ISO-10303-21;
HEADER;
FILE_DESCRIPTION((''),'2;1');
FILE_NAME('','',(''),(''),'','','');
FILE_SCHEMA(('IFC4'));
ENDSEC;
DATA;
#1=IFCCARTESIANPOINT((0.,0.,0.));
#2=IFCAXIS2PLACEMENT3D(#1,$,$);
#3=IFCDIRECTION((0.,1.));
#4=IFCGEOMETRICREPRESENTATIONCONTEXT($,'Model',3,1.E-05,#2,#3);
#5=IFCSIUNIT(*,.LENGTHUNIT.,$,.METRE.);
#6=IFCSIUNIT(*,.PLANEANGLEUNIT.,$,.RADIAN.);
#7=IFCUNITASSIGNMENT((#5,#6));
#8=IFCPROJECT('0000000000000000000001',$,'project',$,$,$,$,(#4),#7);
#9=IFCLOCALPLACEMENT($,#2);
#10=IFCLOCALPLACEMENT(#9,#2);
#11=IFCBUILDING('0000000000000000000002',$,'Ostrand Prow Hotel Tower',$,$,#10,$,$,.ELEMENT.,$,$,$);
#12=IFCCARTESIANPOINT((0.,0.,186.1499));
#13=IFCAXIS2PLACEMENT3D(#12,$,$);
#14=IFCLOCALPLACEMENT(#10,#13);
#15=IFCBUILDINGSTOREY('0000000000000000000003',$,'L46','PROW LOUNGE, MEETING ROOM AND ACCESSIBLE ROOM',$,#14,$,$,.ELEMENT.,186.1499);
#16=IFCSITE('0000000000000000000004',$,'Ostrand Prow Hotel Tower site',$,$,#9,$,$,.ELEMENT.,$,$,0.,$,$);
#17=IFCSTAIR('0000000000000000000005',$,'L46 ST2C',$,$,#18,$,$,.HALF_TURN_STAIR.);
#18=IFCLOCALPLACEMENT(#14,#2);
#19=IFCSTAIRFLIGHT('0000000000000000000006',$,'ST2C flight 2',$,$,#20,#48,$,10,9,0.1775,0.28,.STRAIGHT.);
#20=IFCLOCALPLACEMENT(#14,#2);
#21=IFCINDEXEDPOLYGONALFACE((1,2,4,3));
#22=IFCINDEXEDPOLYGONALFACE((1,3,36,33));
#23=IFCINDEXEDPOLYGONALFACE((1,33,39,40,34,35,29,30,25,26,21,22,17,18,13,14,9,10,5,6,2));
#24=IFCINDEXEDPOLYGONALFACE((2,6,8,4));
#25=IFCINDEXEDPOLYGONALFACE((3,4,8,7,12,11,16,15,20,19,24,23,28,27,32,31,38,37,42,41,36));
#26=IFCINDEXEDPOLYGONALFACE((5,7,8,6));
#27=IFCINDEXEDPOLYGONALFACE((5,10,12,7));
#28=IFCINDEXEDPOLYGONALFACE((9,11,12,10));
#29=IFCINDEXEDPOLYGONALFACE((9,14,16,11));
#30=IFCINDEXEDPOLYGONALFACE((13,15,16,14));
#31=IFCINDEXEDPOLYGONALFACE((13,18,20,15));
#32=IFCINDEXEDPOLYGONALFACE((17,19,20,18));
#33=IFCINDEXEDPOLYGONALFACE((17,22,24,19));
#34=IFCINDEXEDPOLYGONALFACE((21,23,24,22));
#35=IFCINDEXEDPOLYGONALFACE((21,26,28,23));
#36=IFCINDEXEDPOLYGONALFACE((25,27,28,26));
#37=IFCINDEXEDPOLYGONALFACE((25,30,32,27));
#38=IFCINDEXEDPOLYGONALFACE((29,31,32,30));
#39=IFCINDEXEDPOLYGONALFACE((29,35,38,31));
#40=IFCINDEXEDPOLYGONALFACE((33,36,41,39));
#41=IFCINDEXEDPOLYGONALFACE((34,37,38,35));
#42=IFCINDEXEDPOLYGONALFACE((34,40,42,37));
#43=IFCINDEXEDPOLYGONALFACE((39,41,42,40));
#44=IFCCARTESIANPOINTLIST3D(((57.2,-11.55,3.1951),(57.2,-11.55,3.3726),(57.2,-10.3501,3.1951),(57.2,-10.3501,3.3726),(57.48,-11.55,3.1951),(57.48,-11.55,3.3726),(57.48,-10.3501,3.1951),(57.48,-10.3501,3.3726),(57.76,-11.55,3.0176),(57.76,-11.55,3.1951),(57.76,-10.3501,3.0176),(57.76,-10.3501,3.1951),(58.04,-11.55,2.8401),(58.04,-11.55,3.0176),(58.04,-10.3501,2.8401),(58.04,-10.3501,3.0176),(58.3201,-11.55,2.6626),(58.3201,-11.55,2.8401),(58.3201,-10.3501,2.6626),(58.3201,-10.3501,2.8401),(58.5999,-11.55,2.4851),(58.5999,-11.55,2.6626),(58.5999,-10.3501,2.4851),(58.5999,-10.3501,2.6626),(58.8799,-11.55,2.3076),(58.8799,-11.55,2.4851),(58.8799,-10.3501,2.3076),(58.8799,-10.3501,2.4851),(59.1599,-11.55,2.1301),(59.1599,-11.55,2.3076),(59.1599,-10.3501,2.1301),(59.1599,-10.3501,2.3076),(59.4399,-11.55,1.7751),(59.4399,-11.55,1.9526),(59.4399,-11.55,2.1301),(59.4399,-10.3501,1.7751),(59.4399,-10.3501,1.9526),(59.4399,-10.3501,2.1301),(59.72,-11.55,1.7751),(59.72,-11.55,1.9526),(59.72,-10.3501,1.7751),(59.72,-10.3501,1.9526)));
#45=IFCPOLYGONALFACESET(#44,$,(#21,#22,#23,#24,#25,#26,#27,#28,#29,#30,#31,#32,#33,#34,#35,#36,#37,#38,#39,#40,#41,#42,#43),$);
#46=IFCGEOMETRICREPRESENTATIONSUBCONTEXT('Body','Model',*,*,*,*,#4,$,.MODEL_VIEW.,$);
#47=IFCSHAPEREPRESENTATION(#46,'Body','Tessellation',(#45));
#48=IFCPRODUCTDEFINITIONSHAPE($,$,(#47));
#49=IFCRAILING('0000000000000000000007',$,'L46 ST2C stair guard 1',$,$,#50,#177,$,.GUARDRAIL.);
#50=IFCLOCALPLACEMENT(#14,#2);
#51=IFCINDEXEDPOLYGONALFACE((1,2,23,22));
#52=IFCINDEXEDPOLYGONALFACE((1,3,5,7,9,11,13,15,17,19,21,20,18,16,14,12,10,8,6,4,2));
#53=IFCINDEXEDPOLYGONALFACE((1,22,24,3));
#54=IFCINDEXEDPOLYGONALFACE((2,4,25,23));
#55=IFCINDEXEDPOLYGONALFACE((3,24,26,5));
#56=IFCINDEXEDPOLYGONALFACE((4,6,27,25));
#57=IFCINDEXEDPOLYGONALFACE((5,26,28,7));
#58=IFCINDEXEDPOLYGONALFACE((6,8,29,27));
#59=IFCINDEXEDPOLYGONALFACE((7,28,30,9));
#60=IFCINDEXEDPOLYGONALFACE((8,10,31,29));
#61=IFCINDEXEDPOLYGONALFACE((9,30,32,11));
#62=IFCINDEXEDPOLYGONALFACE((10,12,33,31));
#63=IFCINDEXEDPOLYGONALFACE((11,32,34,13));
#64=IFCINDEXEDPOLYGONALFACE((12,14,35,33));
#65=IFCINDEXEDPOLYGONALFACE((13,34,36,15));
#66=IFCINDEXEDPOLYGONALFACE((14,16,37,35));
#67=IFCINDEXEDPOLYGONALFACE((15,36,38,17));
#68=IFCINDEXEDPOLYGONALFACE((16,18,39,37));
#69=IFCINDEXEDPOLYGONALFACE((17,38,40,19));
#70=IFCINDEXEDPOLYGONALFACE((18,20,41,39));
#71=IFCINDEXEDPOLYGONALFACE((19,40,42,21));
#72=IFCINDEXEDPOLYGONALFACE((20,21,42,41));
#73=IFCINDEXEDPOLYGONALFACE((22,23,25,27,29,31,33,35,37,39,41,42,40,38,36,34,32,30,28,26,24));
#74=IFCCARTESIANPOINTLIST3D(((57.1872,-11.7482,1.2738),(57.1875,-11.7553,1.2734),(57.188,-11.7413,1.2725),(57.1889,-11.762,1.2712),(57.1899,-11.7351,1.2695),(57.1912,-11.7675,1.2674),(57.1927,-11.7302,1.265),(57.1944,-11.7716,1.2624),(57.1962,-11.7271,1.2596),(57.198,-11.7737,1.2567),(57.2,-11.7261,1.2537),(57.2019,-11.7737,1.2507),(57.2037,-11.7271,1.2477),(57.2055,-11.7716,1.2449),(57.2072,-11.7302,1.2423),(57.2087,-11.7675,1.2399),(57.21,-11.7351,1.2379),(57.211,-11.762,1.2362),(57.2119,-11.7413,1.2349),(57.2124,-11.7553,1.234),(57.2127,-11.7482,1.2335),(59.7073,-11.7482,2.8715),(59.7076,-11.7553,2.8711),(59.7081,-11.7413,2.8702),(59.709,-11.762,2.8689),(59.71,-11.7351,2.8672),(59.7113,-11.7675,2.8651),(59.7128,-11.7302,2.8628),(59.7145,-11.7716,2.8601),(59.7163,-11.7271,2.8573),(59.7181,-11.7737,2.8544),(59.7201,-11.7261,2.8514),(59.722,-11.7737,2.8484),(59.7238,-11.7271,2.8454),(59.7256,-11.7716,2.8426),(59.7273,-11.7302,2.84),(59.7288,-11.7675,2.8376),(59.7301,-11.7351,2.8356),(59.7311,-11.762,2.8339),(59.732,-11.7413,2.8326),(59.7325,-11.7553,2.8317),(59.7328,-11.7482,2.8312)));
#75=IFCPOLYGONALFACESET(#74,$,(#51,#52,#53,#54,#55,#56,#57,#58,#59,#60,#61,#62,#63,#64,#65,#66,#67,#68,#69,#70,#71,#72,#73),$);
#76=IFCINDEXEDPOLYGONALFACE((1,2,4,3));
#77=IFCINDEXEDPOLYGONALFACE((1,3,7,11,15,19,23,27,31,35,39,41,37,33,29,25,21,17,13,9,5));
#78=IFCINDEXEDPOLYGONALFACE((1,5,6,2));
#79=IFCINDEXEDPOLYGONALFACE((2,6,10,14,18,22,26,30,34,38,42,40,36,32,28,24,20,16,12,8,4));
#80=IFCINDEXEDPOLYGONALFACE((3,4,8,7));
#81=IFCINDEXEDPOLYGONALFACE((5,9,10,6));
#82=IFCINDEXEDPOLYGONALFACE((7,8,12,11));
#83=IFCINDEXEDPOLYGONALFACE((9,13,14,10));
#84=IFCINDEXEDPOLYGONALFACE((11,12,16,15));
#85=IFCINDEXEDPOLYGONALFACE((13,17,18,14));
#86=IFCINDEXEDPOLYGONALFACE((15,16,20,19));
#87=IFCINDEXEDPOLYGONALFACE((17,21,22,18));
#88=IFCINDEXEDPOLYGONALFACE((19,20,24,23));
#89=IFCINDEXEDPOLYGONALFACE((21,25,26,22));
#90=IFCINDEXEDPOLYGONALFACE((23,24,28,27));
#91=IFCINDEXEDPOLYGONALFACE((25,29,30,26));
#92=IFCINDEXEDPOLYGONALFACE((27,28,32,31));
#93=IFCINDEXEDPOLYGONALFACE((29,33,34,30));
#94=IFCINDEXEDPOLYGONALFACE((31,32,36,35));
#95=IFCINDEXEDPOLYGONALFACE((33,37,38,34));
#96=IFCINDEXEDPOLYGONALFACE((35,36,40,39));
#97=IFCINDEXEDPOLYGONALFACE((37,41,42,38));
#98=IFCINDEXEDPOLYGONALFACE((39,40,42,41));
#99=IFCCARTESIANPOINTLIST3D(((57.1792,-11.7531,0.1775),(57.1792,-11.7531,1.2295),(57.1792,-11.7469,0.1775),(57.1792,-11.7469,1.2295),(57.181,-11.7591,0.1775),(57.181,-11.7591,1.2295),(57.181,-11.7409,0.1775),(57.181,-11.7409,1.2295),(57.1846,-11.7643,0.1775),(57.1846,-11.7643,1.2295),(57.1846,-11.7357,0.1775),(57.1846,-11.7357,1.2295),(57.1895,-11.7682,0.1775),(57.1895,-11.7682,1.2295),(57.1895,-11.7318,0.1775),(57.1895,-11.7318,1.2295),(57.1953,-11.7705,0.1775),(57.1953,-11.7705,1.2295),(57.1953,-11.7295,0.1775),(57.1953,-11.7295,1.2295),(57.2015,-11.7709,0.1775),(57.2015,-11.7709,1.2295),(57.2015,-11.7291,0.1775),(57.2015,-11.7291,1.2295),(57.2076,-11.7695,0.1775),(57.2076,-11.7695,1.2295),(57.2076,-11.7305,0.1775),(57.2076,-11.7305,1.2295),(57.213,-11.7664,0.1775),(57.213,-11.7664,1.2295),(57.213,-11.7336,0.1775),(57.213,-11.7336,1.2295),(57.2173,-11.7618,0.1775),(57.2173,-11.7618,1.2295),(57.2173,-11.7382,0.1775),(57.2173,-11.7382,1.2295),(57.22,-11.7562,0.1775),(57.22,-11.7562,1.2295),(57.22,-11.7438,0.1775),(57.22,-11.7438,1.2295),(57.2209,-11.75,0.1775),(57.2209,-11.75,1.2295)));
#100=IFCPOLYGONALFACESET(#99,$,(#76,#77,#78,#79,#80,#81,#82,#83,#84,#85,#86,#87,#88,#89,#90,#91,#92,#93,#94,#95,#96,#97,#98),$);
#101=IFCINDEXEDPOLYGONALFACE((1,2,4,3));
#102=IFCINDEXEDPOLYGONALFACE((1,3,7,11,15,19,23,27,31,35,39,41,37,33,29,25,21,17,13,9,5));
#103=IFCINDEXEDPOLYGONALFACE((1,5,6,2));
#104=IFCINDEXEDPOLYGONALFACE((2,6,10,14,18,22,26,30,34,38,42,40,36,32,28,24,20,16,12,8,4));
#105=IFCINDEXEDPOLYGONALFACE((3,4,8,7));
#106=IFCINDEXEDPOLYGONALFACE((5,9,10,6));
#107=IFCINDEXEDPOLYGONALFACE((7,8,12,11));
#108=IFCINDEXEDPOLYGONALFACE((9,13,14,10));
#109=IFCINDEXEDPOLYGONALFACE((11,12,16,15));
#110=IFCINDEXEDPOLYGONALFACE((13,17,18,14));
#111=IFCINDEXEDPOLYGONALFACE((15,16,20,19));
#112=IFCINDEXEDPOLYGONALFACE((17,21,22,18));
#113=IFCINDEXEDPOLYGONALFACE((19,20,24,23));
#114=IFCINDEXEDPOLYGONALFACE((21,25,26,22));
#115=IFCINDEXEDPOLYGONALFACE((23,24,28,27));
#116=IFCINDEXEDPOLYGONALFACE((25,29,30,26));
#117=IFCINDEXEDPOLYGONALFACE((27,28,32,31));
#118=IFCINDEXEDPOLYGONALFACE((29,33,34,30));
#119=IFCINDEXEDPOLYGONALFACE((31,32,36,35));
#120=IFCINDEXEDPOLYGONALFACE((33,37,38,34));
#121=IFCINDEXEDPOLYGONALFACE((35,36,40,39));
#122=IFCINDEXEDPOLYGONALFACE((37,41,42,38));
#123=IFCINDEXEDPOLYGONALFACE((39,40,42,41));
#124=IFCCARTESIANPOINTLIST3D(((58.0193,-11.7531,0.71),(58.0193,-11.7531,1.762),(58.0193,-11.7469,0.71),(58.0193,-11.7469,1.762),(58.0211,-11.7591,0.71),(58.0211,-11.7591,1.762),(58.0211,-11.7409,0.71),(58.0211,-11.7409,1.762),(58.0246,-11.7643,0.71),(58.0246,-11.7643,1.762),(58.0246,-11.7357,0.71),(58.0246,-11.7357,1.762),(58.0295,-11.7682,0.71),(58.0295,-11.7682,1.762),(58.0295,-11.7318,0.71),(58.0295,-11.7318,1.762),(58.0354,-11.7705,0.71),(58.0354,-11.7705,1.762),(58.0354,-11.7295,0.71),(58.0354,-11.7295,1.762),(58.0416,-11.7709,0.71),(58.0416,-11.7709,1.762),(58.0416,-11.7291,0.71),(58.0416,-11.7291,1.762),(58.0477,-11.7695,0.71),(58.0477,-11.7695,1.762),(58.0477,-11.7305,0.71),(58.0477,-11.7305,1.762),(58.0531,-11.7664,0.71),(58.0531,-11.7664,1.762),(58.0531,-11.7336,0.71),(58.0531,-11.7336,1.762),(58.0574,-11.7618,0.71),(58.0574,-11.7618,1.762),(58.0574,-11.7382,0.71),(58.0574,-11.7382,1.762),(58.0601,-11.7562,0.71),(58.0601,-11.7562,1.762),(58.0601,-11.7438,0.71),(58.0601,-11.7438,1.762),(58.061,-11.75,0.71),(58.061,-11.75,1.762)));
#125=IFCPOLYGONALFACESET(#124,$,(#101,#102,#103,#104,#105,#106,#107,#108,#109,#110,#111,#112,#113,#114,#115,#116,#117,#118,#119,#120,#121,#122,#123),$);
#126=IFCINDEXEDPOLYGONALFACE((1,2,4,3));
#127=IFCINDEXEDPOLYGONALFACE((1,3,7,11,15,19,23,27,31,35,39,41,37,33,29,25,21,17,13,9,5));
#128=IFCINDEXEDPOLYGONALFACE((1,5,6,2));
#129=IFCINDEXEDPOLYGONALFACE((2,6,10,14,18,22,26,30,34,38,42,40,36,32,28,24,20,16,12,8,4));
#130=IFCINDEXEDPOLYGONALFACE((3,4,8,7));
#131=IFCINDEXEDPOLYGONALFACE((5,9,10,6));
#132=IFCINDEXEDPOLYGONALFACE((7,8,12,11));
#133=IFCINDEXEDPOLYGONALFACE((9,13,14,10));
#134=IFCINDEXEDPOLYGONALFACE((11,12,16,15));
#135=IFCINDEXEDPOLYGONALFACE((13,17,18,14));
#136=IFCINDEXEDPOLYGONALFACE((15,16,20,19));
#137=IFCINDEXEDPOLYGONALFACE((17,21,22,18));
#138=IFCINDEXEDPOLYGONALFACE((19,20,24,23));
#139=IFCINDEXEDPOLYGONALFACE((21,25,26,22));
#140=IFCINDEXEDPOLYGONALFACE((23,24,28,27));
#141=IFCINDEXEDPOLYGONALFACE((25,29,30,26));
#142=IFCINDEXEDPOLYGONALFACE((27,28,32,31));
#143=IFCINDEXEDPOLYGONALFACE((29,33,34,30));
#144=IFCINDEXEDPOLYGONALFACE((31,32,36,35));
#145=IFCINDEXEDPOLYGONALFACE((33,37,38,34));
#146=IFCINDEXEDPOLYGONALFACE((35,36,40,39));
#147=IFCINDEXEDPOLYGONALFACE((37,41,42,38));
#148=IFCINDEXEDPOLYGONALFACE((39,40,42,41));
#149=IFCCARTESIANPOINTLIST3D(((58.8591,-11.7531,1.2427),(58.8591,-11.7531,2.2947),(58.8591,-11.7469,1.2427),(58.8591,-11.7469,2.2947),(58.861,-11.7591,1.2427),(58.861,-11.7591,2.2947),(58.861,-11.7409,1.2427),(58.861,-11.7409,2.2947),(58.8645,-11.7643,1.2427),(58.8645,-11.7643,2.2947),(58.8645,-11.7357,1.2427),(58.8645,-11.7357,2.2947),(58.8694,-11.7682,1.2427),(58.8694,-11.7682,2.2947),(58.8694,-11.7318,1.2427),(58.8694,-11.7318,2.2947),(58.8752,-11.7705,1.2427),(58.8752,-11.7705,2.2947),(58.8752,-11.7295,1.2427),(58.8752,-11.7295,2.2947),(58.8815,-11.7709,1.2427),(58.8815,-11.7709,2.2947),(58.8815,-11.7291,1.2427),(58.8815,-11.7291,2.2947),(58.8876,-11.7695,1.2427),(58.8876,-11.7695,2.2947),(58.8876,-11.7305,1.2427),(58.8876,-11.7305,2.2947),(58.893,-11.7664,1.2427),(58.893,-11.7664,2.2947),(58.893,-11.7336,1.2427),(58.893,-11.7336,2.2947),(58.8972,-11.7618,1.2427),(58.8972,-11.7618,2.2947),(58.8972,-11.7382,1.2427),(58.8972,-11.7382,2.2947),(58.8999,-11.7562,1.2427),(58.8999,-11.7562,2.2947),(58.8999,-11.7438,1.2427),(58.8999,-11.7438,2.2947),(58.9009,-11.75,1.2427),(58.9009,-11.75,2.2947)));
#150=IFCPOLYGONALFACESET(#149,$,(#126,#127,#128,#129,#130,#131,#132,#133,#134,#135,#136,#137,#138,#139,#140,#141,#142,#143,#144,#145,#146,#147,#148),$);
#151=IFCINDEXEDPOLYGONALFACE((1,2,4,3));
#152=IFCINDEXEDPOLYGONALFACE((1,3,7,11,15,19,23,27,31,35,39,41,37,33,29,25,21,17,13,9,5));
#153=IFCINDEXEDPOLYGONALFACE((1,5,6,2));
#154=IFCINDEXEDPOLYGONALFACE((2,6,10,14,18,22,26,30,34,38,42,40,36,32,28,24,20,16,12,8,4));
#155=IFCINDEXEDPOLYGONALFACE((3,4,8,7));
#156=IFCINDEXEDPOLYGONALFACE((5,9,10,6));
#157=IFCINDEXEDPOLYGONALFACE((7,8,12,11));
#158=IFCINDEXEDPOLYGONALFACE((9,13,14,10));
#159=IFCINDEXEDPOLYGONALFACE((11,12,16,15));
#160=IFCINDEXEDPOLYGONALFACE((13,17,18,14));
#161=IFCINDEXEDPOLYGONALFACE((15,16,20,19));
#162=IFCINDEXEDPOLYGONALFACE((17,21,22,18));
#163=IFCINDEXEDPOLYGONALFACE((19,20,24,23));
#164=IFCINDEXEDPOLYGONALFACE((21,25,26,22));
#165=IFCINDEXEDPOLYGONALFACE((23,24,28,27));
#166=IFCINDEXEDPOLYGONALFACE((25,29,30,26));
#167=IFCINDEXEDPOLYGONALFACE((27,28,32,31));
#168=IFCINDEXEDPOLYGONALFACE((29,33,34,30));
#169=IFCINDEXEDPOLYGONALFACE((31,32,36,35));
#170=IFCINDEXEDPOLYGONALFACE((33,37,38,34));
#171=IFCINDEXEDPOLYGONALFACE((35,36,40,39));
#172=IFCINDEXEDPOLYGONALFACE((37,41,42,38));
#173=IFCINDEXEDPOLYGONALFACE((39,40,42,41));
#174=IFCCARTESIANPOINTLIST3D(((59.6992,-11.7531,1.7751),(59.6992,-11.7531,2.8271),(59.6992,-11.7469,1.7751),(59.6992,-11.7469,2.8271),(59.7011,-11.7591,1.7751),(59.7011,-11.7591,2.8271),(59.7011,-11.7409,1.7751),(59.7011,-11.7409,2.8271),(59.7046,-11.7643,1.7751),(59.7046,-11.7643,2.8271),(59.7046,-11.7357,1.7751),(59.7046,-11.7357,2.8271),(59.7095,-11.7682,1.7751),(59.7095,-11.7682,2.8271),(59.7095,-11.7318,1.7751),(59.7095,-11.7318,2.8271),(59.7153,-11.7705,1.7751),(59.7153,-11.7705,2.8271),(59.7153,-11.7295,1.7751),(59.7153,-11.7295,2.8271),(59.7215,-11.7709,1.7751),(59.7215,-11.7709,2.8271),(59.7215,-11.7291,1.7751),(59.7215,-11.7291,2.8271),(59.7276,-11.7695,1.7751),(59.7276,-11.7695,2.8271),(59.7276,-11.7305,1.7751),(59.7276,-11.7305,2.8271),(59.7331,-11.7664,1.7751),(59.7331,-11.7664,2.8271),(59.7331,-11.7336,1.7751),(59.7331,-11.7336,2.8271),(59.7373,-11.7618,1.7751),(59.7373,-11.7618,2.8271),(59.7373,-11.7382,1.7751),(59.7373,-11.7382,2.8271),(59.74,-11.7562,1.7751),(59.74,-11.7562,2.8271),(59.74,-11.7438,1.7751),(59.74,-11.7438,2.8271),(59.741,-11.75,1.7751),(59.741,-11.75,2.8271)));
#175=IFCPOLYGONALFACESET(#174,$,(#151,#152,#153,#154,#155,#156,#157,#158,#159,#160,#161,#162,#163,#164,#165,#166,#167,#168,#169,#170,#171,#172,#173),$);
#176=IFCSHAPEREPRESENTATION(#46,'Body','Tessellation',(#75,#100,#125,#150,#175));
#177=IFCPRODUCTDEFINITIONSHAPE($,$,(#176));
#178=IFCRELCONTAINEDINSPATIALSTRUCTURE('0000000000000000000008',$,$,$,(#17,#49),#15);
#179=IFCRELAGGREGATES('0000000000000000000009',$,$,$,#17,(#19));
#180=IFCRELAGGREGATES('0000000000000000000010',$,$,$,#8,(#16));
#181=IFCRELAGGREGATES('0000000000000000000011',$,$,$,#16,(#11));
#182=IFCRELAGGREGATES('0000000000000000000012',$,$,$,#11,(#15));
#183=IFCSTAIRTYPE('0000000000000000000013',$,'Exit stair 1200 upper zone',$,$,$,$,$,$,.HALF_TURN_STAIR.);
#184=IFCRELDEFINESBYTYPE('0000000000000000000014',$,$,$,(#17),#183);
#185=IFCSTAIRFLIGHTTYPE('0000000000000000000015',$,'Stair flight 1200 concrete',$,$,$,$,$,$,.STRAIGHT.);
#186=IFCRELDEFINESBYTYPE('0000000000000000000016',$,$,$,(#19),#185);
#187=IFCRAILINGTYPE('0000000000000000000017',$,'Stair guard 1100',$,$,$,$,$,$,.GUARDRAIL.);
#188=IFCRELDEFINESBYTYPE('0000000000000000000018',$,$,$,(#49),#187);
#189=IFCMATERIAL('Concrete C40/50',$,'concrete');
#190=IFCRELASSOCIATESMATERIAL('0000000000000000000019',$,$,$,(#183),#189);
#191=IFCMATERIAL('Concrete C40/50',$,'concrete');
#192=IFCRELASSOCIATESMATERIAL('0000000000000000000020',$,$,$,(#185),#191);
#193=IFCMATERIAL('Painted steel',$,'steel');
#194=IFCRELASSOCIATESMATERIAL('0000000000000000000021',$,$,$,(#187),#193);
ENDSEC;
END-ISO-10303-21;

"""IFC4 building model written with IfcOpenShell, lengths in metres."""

from ifc_helpers import new_model, si_unit, direction, frame, origin, origin_2d, place, context, subcontext, project, spatial, polyline, circle, outline, extrude, material, type_object, element, aggregate, save


model = new_model("IFC4")

# Units and contexts
model_context = context("Model", 3, precision=1e-05, world=origin(), true_north=direction((0.0, 1.0)))
body_context = subcontext(model_context, "Body", "Model", "MODEL_VIEW")
ifc_project = project(units=[si_unit("LENGTHUNIT", "METRE"), si_unit("PLANEANGLEUNIT", "RADIAN")], contexts=[model_context])

# Site, building, storey
site_placement = place(None, origin())
site = spatial("IfcSite", under=ifc_project, at=site_placement, Name="Ostrand Prow Hotel Tower site", CompositionType="ELEMENT", RefElevation=0.0)
building_placement = place(site_placement, origin())
building = spatial("IfcBuilding", under=site, at=building_placement, Name="Ostrand Prow Hotel Tower", CompositionType="ELEMENT")
storey_placement = place(building_placement, frame((0.0, 0.0, 186.1499)))
storey = spatial("IfcBuildingStorey", under=building, at=storey_placement, Name="L46", Description="PROW LOUNGE, MEETING ROOM AND ACCESSIBLE ROOM", CompositionType="ELEMENT", Elevation=186.1499)

# Stair, stair flight
ifc_material_1 = material(Name="Concrete C40/50", Category="concrete")
stair_type = type_object("IfcStairType", Name="Exit stair 1200 upper zone", PredefinedType="HALF_TURN_STAIR", material=ifc_material_1)
stair_placement = place(storey_placement, origin())
stair = element("IfcStair", 1, at=stair_placement, inside=storey, type_object=stair_type, Name="L46 ST2C", PredefinedType="HALF_TURN_STAIR")
ifc_material_2 = material(Name="Concrete C40/50", Category="concrete")
stair_flight_type = type_object("IfcStairFlightType", Name="Stair flight 1200 concrete", PredefinedType="STRAIGHT", material=ifc_material_2)
stair_flight_1_placement = place(storey_placement, frame((59.72, -10.95, 1.7751), z_axis=(0.0, 0.0, 1.0), x_axis=(-1.0, 0.0, 0.0)))
stair_flight_1 = element("IfcStairFlight", 2, at=stair_flight_1_placement, type_object=stair_flight_type, Name="ST2C flight 2", NumberOfRisers=10, NumberOfTreads=9, PredefinedType="STRAIGHT", RiserHeight=0.1775, TreadLength=0.28, context=body_context, shape_type="SweptSolid", body=[
    extrude(outline(polyline([(0.0, 0.0), (0.0, 0.1775), (0.28, 0.1775), (0.28, 0.355), (0.5601, 0.355), (0.5601, 0.5325), (0.8401, 0.5325), (0.8401, 0.71), (1.1201, 0.71), (1.1201, 0.8875), (1.3999, 0.8875), (1.3999, 1.0649), (1.6799, 1.0649), (1.6799, 1.2424), (1.96, 1.2424), (1.96, 1.4199), (2.24, 1.4199), (2.24, 1.5974), (2.52, 1.5974), (2.52, 1.7749), (2.52, 1.4199), (0.28, 0.0), (0.0, 0.0)])), frame((0.0, 0.6001, 0.0), z_axis=(0.0, -1.0, 0.0), x_axis=(1.0, 0.0, 0.0)), (0.0, 0.0, 1.0), 1.2),
])
aggregate(stair, [stair_flight_1])

# Railing
ifc_material_3 = material(Name="Painted steel", Category="steel")
railing_type_1 = type_object("IfcRailingType", Name="Stair guard 1100", PredefinedType="GUARDRAIL", material=ifc_material_3)
railing_1_placement = place(storey_placement, frame((57.2, -11.75, 0.1775)))
element("IfcRailing", 3, at=railing_1_placement, inside=storey, type_object=railing_type_1, Name="L46 ST2C stair guard 1", PredefinedType="GUARDRAIL", context=body_context, shape_type="SweptSolid", body=[
    extrude(circle(Radius=0.0239, at=origin_2d()), frame((0.0, 0.0, 1.0762), z_axis=(0.84457, 0.0, 0.535445), x_axis=(0.0, 1.0, 0.0)), (0.0, 0.0, 1.0), 2.9839),
    extrude(circle(Radius=0.021, at=origin_2d()), origin(), (0.0, 0.0, 1.0), 1.052),
    extrude(circle(Radius=0.021, at=origin_2d()), frame((0.8401, 0.0, 0.5325)), (0.0, 0.0, 1.0), 1.052),
    extrude(circle(Radius=0.021, at=origin_2d()), frame((1.6799, 0.0, 1.0652)), (0.0, 0.0, 1.0), 1.052),
    extrude(circle(Radius=0.021, at=origin_2d()), frame((2.52, 0.0, 1.5977)), (0.0, 0.0, 1.0), 1.052),
])

save(model, "model.ifc")
